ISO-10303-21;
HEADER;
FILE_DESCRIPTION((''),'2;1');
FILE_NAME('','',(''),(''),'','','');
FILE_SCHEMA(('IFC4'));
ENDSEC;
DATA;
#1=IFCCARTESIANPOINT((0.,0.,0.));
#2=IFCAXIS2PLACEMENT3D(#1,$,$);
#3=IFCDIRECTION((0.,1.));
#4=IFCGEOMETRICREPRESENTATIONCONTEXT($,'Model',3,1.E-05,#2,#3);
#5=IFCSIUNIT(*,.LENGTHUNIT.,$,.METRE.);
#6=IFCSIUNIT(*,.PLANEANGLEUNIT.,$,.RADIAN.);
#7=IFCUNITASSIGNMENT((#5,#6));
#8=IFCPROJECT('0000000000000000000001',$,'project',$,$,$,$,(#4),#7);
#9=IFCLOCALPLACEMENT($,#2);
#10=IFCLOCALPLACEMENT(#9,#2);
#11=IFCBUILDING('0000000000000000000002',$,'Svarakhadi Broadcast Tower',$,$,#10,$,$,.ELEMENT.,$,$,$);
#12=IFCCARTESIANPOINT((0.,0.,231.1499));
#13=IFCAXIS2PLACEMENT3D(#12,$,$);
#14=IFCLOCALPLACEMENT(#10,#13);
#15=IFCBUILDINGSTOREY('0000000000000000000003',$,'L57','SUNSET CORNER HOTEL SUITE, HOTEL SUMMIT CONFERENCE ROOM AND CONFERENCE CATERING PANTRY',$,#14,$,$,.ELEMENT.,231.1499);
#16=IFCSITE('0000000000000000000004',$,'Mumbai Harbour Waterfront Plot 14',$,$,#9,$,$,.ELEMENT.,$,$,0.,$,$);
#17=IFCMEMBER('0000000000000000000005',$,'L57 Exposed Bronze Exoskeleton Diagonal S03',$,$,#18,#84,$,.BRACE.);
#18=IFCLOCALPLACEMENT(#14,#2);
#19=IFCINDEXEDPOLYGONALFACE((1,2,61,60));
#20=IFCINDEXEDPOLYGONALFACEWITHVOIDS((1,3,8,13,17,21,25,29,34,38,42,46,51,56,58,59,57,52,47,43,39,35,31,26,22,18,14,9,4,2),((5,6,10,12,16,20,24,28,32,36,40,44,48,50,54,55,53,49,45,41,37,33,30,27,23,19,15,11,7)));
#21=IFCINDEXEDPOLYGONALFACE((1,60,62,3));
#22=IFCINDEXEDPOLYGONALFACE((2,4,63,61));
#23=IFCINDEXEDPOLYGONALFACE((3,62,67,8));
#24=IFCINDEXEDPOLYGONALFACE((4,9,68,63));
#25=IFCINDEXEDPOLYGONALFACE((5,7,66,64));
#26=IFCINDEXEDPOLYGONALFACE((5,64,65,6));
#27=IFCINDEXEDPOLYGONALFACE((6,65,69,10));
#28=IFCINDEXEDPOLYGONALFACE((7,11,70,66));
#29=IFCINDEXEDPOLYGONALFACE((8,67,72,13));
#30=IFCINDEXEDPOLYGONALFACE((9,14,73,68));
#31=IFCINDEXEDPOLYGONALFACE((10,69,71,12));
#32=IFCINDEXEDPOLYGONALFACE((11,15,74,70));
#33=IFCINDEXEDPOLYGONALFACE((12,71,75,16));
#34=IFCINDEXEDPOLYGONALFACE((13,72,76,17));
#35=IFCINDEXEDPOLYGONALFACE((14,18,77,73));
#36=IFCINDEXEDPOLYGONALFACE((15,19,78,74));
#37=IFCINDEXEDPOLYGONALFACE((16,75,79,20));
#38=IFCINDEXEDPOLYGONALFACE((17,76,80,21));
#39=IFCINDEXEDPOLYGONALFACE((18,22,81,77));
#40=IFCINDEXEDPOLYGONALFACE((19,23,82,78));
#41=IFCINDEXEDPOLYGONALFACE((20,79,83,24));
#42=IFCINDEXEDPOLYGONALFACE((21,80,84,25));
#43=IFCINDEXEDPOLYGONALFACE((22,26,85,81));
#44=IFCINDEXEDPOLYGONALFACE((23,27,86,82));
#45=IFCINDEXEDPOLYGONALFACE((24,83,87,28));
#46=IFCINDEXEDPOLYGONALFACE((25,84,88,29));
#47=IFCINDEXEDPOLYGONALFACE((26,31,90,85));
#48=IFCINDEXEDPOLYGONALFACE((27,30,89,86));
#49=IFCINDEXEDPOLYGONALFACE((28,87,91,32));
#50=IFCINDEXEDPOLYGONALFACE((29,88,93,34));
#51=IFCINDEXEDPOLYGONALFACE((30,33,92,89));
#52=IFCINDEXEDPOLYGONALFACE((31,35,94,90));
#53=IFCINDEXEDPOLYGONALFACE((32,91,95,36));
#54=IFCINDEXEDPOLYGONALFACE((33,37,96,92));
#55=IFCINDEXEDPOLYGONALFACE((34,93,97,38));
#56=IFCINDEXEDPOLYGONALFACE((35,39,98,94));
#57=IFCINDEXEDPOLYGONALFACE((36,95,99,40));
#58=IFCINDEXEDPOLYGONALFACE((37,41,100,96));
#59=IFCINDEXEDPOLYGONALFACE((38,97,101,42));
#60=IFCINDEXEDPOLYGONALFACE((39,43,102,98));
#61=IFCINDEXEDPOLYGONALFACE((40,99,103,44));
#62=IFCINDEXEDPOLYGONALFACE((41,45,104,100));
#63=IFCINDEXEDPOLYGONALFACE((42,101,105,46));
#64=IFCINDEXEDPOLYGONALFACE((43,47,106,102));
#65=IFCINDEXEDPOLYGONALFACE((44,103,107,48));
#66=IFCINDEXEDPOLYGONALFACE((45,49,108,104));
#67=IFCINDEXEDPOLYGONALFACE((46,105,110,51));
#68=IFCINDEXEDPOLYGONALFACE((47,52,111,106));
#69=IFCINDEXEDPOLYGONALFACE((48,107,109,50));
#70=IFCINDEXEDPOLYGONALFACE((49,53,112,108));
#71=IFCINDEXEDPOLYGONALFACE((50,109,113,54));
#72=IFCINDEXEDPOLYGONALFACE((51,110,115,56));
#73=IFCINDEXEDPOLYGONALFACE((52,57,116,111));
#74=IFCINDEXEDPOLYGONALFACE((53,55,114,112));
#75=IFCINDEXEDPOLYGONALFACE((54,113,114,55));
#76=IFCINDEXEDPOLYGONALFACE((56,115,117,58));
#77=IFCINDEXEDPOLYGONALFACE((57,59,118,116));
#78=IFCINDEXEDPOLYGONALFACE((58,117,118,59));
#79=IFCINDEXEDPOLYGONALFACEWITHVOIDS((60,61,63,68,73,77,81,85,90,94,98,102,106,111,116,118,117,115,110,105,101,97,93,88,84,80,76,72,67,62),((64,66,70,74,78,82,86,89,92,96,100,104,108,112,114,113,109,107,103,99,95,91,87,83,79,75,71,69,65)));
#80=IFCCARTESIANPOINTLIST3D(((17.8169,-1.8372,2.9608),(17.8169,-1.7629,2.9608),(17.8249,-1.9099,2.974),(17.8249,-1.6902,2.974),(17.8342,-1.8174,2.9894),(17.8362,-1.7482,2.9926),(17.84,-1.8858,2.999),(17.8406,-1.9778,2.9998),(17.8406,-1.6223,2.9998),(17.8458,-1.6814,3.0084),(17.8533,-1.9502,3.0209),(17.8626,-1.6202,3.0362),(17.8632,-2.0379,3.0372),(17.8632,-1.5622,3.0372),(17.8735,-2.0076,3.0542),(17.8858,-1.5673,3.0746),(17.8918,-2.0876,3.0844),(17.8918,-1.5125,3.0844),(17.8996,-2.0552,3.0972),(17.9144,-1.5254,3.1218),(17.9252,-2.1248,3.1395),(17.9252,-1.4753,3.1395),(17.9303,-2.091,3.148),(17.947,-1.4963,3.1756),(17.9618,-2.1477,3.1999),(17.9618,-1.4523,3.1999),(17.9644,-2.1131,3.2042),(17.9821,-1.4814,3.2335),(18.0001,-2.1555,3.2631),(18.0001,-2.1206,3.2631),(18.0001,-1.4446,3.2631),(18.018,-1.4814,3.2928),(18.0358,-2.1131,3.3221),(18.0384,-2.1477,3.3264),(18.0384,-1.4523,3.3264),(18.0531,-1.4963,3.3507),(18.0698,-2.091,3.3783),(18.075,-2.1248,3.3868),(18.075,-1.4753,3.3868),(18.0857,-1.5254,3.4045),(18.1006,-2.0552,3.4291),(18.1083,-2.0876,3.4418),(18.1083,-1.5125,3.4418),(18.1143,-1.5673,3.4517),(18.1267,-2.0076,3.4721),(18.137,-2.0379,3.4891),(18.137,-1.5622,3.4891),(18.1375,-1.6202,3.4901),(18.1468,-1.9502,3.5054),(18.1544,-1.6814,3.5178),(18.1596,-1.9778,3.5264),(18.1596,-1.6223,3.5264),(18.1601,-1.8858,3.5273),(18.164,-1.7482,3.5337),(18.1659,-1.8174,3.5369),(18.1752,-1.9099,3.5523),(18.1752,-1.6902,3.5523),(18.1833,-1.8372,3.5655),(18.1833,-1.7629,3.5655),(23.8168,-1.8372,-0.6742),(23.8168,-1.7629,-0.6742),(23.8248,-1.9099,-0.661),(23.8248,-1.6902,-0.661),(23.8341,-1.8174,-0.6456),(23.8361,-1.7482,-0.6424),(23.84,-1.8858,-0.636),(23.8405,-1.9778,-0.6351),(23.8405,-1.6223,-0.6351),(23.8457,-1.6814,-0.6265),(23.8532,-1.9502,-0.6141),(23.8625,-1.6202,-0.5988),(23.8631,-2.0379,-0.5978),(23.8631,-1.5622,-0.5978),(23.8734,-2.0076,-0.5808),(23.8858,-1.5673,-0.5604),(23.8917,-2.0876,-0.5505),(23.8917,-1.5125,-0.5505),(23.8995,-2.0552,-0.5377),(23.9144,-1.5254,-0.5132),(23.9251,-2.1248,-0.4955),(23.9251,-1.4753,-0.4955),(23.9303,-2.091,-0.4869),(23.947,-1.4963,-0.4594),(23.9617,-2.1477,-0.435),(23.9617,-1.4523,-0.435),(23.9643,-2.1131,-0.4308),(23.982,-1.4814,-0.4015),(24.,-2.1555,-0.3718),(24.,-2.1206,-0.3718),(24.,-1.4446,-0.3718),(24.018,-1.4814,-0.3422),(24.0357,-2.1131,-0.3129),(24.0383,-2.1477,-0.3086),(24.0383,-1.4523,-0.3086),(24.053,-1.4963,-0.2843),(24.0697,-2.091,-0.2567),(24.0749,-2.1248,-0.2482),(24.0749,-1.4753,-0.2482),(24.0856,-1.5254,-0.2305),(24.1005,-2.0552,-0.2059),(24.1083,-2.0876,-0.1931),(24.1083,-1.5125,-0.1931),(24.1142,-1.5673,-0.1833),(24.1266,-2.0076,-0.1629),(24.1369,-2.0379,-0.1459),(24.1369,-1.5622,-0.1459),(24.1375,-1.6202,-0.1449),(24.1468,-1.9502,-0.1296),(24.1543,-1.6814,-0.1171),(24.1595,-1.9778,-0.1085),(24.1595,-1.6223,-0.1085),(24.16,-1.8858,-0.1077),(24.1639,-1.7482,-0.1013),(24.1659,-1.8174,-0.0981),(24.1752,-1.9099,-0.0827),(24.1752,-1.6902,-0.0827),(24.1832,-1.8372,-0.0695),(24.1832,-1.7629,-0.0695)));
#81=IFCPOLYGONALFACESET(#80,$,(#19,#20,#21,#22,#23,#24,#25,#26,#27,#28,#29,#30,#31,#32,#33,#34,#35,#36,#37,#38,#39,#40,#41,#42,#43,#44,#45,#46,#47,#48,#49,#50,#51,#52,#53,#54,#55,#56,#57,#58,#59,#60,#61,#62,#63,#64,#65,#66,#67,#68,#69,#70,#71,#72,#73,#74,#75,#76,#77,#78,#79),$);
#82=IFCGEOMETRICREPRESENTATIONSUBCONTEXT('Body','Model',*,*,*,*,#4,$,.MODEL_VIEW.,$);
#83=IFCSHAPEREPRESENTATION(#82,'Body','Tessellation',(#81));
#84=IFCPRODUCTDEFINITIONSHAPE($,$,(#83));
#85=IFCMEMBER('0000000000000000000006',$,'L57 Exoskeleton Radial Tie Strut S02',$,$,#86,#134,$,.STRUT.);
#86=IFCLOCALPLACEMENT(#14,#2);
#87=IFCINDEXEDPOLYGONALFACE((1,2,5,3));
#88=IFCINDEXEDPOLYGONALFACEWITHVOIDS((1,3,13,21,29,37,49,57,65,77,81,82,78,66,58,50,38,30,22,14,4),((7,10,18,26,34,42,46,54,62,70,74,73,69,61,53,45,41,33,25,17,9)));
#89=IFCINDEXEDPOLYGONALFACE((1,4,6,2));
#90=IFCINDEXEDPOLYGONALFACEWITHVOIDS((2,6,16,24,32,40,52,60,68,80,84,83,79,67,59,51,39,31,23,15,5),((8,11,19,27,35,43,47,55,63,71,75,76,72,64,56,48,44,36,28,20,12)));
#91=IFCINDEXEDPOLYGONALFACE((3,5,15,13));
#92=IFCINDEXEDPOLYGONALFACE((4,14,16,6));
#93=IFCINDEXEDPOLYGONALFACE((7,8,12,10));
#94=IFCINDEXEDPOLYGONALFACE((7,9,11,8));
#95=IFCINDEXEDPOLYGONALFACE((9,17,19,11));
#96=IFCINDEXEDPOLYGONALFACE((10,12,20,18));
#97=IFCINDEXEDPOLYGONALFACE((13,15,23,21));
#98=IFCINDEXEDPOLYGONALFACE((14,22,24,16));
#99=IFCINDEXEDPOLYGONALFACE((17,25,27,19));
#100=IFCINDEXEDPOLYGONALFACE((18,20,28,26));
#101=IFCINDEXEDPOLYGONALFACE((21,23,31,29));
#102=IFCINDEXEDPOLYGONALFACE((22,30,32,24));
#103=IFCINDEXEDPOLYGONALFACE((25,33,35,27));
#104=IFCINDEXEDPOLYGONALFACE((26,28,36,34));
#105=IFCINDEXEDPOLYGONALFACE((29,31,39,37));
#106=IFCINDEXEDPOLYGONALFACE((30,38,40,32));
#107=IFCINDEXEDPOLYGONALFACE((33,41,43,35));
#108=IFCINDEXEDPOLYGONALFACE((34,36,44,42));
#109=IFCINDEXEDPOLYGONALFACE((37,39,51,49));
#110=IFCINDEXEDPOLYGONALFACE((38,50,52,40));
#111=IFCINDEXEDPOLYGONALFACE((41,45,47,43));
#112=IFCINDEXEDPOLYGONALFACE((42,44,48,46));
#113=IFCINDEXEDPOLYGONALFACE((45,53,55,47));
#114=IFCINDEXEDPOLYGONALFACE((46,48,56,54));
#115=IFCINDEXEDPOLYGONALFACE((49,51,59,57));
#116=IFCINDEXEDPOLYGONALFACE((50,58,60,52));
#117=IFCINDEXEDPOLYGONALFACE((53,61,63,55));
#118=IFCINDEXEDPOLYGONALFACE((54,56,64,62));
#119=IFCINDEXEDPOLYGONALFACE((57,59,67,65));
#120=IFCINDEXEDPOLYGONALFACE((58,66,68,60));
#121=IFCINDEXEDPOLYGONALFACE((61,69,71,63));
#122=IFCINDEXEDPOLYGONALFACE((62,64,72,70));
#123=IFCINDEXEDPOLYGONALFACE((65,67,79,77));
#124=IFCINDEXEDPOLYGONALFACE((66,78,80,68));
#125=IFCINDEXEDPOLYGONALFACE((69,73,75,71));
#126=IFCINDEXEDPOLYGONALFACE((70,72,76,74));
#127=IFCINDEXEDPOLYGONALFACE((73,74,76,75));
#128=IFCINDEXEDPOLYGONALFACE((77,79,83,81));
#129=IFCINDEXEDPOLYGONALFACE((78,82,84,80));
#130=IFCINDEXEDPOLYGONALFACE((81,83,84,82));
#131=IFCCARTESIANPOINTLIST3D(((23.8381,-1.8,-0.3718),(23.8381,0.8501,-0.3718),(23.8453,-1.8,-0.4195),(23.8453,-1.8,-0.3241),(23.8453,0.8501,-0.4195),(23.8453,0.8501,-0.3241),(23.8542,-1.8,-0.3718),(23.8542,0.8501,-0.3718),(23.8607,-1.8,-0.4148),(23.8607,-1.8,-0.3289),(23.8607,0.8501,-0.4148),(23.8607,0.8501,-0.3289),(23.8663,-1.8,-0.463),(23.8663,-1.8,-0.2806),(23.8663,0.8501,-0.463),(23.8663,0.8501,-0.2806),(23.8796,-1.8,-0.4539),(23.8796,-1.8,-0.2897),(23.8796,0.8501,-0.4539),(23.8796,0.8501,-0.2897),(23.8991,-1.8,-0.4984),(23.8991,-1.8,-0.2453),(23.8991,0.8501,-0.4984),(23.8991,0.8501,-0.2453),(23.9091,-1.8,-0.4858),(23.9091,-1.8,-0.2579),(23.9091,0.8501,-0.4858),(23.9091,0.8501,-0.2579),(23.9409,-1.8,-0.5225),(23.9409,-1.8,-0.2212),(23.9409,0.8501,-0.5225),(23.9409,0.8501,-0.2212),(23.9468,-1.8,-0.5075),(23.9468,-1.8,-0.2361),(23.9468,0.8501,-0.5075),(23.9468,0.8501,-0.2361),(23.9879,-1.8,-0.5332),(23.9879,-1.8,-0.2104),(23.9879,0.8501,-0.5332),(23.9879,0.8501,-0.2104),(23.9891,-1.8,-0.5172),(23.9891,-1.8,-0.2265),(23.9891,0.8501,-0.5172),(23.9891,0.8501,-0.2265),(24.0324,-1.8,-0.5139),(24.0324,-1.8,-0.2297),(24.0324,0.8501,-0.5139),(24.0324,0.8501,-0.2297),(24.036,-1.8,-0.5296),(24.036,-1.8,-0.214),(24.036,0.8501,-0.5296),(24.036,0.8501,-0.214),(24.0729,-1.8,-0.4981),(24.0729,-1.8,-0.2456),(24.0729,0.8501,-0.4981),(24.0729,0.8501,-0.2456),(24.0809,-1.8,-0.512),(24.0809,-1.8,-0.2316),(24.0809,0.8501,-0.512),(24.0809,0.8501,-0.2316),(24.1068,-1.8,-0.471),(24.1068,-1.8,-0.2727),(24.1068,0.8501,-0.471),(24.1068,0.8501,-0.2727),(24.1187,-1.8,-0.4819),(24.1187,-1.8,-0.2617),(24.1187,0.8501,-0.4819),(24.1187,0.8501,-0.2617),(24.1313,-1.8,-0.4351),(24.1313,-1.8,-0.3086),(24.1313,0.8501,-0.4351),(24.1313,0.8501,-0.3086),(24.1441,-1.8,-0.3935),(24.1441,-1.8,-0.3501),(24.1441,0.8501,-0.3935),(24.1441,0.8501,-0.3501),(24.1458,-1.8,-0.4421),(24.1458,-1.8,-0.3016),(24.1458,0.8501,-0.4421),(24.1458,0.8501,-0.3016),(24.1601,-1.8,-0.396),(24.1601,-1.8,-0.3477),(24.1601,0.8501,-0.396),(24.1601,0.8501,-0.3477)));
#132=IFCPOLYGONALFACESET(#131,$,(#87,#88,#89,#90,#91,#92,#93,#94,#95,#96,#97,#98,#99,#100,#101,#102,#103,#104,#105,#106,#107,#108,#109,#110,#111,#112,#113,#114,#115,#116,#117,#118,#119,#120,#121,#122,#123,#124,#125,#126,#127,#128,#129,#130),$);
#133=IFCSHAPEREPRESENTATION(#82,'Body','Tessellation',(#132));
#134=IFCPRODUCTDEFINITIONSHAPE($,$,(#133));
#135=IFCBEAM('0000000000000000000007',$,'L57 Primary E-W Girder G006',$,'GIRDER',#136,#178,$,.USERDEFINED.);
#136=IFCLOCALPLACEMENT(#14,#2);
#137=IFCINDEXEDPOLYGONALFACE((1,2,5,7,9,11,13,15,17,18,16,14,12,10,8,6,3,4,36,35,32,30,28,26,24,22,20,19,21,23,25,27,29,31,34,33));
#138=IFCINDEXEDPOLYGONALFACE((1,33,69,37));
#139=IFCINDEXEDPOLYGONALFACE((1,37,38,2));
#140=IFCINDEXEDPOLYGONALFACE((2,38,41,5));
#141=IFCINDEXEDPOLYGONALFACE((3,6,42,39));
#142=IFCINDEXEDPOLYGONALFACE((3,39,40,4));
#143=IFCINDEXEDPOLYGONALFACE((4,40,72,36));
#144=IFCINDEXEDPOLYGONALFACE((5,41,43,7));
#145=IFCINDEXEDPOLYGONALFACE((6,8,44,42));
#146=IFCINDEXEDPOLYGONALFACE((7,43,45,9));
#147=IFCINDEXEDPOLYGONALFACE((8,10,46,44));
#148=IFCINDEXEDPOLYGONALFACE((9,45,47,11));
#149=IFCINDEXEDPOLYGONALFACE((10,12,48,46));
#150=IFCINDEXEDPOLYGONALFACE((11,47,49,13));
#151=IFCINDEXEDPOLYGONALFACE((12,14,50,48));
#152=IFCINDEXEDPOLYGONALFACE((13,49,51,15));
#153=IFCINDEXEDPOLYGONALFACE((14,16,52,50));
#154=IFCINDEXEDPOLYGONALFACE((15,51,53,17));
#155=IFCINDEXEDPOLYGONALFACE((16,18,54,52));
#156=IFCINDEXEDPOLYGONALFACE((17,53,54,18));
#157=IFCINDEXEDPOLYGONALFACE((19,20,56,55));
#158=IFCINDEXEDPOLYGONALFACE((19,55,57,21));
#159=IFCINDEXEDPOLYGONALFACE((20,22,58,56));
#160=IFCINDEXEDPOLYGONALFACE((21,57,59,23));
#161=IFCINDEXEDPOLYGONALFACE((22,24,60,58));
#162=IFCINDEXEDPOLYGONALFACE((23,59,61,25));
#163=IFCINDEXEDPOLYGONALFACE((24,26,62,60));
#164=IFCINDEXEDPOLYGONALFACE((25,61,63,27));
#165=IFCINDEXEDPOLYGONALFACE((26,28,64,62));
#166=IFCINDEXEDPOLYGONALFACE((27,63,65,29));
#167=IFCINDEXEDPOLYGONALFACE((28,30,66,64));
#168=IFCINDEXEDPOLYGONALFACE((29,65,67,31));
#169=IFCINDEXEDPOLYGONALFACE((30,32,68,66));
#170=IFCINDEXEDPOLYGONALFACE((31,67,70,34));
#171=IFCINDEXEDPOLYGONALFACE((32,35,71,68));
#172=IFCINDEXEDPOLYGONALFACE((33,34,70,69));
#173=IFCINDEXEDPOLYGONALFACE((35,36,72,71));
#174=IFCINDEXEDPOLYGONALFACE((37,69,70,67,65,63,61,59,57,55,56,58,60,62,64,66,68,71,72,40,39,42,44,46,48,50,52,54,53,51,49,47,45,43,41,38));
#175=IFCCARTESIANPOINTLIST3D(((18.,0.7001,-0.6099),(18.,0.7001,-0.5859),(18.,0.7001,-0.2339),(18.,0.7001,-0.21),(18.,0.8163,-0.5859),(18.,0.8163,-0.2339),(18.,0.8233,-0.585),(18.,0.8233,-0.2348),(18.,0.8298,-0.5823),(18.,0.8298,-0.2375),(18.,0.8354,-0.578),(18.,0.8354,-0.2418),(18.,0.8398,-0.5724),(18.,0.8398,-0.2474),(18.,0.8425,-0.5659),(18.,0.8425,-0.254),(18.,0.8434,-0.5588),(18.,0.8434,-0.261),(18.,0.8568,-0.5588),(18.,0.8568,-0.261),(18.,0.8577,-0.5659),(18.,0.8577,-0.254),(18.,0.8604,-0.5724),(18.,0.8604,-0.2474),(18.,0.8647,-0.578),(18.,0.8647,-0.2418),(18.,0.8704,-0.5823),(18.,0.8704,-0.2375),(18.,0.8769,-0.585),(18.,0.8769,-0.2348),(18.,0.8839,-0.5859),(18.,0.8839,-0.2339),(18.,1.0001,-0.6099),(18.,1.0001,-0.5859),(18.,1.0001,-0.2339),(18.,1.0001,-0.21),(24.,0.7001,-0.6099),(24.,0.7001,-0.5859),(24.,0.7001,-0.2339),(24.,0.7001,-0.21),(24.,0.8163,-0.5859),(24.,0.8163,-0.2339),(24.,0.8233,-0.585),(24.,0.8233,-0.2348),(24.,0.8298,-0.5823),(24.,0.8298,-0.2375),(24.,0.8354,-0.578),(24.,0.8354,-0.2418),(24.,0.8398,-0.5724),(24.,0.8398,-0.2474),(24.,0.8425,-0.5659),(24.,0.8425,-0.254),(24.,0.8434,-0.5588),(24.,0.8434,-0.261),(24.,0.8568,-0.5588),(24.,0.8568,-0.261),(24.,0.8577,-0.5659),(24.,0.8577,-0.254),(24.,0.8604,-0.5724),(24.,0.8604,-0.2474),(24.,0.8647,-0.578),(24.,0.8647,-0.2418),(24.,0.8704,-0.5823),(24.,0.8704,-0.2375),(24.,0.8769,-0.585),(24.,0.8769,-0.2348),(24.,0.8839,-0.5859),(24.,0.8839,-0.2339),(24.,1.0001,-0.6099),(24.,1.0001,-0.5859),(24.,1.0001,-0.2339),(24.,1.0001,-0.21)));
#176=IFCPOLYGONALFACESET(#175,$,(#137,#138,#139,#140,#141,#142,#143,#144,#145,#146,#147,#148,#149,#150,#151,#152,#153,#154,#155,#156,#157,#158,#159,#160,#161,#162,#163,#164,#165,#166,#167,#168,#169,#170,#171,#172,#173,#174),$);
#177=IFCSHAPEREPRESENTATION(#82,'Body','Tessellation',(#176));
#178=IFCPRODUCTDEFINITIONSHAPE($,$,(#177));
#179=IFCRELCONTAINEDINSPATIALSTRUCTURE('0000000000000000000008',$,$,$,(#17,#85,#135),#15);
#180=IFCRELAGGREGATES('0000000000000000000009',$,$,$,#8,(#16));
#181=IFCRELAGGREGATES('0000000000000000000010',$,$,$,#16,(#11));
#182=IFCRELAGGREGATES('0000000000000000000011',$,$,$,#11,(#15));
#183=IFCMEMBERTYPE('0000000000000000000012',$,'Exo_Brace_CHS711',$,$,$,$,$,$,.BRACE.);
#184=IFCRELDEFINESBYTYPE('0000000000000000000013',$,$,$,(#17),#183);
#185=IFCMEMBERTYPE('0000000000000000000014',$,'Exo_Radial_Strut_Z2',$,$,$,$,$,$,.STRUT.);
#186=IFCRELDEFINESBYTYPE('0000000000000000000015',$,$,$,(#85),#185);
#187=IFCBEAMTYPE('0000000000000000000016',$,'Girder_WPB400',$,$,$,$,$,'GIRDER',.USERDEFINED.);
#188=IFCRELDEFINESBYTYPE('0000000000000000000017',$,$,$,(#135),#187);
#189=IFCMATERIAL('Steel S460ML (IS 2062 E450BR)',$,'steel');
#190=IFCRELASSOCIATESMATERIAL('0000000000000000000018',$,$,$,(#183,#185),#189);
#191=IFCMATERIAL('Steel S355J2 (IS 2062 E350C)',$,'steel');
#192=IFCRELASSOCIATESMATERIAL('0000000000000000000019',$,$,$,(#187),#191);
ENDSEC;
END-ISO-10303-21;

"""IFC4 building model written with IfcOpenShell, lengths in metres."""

from ifc_helpers import new_model, si_unit, direction, frame, origin, origin_2d, place, context, subcontext, project, spatial, hollow_circle, i_section, extrude, material, material_profile, profile_set, type_object, element, save


model = new_model("IFC4")

# Units and contexts
model_context = context("Model", 3, precision=1e-05, world=origin(), true_north=direction((0.0, 1.0)))
body_context = subcontext(model_context, "Body", "Model", "MODEL_VIEW")
ifc_project = project(units=[si_unit("LENGTHUNIT", "METRE"), si_unit("PLANEANGLEUNIT", "RADIAN")], contexts=[model_context])

# Site, building, storey
site_placement = place(None, origin())
site = spatial("IfcSite", under=ifc_project, at=site_placement, Name="Mumbai Harbour Waterfront Plot 14", CompositionType="ELEMENT", RefElevation=0.0)
building_placement = place(site_placement, origin())
building = spatial("IfcBuilding", under=site, at=building_placement, Name="Svarakhadi Broadcast Tower", CompositionType="ELEMENT")
storey_placement = place(building_placement, frame((0.0, 0.0, 231.1499)))
storey = spatial("IfcBuildingStorey", under=building, at=storey_placement, Name="L57", Description="SUNSET CORNER HOTEL SUITE, HOTEL SUMMIT CONFERENCE ROOM AND CONFERENCE CATERING PANTRY", CompositionType="ELEMENT", Elevation=231.1499)

# Shared definitions
ifc_material_1 = material(Name="Steel S460ML (IS 2062 E450BR)", Category="steel")

# Members
ifc_material_profile_1 = material_profile(ifc_material_1, hollow_circle(Radius=0.3555, WallThickness=0.0349, at=origin_2d()), Name="CHS 711x35")
ifc_profile_set_1 = profile_set([ifc_material_profile_1], Name="Steel S460ML (IS 2062 E450BR)")
member_type_1 = type_object("IfcMemberType", Name="Exo_Brace_CHS711", PredefinedType="BRACE", material=ifc_profile_set_1)
member_1_placement = place(storey_placement, frame((24.0, -1.8, -0.3718), z_axis=(-0.855283, 0.0, 0.518161), x_axis=(0.0, -1.0, 0.0)))
element("IfcMember", 1, at=member_1_placement, inside=storey, type_object=member_type_1, Name="L57 Exposed Bronze Exoskeleton Diagonal S03", PredefinedType="BRACE", context=body_context, shape_type="SweptSolid", body=[
    extrude(hollow_circle(Radius=0.3555, WallThickness=0.0349, at=origin_2d()), origin(), (0.0, 0.0, 1.0), 7.0151),
])
ifc_material_profile_2 = material_profile(ifc_material_1, hollow_circle(Radius=0.1619, WallThickness=0.0161, at=origin_2d()), Name="CHS 323.9x16")
ifc_profile_set_2 = profile_set([ifc_material_profile_2], Name="Steel S460ML (IS 2062 E450BR)")
member_type_2 = type_object("IfcMemberType", Name="Exo_Radial_Strut_Z2", PredefinedType="STRUT", material=ifc_profile_set_2)
member_2_placement = place(storey_placement, frame((24.0, -1.8, -0.3718), z_axis=(0.0, 1.0, 0.0), x_axis=(-1.0, 0.0, 0.0)))
element("IfcMember", 2, at=member_2_placement, inside=storey, type_object=member_type_2, Name="L57 Exoskeleton Radial Tie Strut S02", PredefinedType="STRUT", context=body_context, shape_type="SweptSolid", body=[
    extrude(hollow_circle(Radius=0.1619, WallThickness=0.0161, at=origin_2d()), origin(), (0.0, 0.0, 1.0), 2.6501),
])

# Beam
ifc_material_2 = material(Name="Steel S355J2 (IS 2062 E350C)", Category="steel")
ifc_material_profile_3 = material_profile(ifc_material_2, i_section(OverallWidth=0.3, OverallDepth=0.3999, WebThickness=0.0134, FlangeThickness=0.0239, FilletRadius=0.0271, at=origin_2d()), Name="WPB 400x300x155")
ifc_profile_set_3 = profile_set([ifc_material_profile_3], Name="Steel S355J2 (IS 2062 E350C)")
beam_type_1 = type_object("IfcBeamType", Name="Girder_WPB400", ElementType="GIRDER", PredefinedType="USERDEFINED", material=ifc_profile_set_3)
for number, where, z_axis, x_axis, name in (
    (3, (18.0, 0.8501, -0.4099), (1.0, 0.0, 0.0), (0.0, 1.0, 0.0), "L57 Primary E-W Girder G006"),
):
    element("IfcBeam", number, at=place(storey_placement, frame(where, z_axis=z_axis, x_axis=x_axis)), inside=storey, type_object=beam_type_1, Name=name, ObjectType="GIRDER", PredefinedType="USERDEFINED", context=body_context, shape_type="SweptSolid", body=[
        extrude(i_section(OverallWidth=0.3, OverallDepth=0.3999, WebThickness=0.0134, FlangeThickness=0.0239, FilletRadius=0.0271, at=origin_2d()), origin(), (0.0, 0.0, 1.0), 6.0),
    ])

save(model, "model.ifc")
